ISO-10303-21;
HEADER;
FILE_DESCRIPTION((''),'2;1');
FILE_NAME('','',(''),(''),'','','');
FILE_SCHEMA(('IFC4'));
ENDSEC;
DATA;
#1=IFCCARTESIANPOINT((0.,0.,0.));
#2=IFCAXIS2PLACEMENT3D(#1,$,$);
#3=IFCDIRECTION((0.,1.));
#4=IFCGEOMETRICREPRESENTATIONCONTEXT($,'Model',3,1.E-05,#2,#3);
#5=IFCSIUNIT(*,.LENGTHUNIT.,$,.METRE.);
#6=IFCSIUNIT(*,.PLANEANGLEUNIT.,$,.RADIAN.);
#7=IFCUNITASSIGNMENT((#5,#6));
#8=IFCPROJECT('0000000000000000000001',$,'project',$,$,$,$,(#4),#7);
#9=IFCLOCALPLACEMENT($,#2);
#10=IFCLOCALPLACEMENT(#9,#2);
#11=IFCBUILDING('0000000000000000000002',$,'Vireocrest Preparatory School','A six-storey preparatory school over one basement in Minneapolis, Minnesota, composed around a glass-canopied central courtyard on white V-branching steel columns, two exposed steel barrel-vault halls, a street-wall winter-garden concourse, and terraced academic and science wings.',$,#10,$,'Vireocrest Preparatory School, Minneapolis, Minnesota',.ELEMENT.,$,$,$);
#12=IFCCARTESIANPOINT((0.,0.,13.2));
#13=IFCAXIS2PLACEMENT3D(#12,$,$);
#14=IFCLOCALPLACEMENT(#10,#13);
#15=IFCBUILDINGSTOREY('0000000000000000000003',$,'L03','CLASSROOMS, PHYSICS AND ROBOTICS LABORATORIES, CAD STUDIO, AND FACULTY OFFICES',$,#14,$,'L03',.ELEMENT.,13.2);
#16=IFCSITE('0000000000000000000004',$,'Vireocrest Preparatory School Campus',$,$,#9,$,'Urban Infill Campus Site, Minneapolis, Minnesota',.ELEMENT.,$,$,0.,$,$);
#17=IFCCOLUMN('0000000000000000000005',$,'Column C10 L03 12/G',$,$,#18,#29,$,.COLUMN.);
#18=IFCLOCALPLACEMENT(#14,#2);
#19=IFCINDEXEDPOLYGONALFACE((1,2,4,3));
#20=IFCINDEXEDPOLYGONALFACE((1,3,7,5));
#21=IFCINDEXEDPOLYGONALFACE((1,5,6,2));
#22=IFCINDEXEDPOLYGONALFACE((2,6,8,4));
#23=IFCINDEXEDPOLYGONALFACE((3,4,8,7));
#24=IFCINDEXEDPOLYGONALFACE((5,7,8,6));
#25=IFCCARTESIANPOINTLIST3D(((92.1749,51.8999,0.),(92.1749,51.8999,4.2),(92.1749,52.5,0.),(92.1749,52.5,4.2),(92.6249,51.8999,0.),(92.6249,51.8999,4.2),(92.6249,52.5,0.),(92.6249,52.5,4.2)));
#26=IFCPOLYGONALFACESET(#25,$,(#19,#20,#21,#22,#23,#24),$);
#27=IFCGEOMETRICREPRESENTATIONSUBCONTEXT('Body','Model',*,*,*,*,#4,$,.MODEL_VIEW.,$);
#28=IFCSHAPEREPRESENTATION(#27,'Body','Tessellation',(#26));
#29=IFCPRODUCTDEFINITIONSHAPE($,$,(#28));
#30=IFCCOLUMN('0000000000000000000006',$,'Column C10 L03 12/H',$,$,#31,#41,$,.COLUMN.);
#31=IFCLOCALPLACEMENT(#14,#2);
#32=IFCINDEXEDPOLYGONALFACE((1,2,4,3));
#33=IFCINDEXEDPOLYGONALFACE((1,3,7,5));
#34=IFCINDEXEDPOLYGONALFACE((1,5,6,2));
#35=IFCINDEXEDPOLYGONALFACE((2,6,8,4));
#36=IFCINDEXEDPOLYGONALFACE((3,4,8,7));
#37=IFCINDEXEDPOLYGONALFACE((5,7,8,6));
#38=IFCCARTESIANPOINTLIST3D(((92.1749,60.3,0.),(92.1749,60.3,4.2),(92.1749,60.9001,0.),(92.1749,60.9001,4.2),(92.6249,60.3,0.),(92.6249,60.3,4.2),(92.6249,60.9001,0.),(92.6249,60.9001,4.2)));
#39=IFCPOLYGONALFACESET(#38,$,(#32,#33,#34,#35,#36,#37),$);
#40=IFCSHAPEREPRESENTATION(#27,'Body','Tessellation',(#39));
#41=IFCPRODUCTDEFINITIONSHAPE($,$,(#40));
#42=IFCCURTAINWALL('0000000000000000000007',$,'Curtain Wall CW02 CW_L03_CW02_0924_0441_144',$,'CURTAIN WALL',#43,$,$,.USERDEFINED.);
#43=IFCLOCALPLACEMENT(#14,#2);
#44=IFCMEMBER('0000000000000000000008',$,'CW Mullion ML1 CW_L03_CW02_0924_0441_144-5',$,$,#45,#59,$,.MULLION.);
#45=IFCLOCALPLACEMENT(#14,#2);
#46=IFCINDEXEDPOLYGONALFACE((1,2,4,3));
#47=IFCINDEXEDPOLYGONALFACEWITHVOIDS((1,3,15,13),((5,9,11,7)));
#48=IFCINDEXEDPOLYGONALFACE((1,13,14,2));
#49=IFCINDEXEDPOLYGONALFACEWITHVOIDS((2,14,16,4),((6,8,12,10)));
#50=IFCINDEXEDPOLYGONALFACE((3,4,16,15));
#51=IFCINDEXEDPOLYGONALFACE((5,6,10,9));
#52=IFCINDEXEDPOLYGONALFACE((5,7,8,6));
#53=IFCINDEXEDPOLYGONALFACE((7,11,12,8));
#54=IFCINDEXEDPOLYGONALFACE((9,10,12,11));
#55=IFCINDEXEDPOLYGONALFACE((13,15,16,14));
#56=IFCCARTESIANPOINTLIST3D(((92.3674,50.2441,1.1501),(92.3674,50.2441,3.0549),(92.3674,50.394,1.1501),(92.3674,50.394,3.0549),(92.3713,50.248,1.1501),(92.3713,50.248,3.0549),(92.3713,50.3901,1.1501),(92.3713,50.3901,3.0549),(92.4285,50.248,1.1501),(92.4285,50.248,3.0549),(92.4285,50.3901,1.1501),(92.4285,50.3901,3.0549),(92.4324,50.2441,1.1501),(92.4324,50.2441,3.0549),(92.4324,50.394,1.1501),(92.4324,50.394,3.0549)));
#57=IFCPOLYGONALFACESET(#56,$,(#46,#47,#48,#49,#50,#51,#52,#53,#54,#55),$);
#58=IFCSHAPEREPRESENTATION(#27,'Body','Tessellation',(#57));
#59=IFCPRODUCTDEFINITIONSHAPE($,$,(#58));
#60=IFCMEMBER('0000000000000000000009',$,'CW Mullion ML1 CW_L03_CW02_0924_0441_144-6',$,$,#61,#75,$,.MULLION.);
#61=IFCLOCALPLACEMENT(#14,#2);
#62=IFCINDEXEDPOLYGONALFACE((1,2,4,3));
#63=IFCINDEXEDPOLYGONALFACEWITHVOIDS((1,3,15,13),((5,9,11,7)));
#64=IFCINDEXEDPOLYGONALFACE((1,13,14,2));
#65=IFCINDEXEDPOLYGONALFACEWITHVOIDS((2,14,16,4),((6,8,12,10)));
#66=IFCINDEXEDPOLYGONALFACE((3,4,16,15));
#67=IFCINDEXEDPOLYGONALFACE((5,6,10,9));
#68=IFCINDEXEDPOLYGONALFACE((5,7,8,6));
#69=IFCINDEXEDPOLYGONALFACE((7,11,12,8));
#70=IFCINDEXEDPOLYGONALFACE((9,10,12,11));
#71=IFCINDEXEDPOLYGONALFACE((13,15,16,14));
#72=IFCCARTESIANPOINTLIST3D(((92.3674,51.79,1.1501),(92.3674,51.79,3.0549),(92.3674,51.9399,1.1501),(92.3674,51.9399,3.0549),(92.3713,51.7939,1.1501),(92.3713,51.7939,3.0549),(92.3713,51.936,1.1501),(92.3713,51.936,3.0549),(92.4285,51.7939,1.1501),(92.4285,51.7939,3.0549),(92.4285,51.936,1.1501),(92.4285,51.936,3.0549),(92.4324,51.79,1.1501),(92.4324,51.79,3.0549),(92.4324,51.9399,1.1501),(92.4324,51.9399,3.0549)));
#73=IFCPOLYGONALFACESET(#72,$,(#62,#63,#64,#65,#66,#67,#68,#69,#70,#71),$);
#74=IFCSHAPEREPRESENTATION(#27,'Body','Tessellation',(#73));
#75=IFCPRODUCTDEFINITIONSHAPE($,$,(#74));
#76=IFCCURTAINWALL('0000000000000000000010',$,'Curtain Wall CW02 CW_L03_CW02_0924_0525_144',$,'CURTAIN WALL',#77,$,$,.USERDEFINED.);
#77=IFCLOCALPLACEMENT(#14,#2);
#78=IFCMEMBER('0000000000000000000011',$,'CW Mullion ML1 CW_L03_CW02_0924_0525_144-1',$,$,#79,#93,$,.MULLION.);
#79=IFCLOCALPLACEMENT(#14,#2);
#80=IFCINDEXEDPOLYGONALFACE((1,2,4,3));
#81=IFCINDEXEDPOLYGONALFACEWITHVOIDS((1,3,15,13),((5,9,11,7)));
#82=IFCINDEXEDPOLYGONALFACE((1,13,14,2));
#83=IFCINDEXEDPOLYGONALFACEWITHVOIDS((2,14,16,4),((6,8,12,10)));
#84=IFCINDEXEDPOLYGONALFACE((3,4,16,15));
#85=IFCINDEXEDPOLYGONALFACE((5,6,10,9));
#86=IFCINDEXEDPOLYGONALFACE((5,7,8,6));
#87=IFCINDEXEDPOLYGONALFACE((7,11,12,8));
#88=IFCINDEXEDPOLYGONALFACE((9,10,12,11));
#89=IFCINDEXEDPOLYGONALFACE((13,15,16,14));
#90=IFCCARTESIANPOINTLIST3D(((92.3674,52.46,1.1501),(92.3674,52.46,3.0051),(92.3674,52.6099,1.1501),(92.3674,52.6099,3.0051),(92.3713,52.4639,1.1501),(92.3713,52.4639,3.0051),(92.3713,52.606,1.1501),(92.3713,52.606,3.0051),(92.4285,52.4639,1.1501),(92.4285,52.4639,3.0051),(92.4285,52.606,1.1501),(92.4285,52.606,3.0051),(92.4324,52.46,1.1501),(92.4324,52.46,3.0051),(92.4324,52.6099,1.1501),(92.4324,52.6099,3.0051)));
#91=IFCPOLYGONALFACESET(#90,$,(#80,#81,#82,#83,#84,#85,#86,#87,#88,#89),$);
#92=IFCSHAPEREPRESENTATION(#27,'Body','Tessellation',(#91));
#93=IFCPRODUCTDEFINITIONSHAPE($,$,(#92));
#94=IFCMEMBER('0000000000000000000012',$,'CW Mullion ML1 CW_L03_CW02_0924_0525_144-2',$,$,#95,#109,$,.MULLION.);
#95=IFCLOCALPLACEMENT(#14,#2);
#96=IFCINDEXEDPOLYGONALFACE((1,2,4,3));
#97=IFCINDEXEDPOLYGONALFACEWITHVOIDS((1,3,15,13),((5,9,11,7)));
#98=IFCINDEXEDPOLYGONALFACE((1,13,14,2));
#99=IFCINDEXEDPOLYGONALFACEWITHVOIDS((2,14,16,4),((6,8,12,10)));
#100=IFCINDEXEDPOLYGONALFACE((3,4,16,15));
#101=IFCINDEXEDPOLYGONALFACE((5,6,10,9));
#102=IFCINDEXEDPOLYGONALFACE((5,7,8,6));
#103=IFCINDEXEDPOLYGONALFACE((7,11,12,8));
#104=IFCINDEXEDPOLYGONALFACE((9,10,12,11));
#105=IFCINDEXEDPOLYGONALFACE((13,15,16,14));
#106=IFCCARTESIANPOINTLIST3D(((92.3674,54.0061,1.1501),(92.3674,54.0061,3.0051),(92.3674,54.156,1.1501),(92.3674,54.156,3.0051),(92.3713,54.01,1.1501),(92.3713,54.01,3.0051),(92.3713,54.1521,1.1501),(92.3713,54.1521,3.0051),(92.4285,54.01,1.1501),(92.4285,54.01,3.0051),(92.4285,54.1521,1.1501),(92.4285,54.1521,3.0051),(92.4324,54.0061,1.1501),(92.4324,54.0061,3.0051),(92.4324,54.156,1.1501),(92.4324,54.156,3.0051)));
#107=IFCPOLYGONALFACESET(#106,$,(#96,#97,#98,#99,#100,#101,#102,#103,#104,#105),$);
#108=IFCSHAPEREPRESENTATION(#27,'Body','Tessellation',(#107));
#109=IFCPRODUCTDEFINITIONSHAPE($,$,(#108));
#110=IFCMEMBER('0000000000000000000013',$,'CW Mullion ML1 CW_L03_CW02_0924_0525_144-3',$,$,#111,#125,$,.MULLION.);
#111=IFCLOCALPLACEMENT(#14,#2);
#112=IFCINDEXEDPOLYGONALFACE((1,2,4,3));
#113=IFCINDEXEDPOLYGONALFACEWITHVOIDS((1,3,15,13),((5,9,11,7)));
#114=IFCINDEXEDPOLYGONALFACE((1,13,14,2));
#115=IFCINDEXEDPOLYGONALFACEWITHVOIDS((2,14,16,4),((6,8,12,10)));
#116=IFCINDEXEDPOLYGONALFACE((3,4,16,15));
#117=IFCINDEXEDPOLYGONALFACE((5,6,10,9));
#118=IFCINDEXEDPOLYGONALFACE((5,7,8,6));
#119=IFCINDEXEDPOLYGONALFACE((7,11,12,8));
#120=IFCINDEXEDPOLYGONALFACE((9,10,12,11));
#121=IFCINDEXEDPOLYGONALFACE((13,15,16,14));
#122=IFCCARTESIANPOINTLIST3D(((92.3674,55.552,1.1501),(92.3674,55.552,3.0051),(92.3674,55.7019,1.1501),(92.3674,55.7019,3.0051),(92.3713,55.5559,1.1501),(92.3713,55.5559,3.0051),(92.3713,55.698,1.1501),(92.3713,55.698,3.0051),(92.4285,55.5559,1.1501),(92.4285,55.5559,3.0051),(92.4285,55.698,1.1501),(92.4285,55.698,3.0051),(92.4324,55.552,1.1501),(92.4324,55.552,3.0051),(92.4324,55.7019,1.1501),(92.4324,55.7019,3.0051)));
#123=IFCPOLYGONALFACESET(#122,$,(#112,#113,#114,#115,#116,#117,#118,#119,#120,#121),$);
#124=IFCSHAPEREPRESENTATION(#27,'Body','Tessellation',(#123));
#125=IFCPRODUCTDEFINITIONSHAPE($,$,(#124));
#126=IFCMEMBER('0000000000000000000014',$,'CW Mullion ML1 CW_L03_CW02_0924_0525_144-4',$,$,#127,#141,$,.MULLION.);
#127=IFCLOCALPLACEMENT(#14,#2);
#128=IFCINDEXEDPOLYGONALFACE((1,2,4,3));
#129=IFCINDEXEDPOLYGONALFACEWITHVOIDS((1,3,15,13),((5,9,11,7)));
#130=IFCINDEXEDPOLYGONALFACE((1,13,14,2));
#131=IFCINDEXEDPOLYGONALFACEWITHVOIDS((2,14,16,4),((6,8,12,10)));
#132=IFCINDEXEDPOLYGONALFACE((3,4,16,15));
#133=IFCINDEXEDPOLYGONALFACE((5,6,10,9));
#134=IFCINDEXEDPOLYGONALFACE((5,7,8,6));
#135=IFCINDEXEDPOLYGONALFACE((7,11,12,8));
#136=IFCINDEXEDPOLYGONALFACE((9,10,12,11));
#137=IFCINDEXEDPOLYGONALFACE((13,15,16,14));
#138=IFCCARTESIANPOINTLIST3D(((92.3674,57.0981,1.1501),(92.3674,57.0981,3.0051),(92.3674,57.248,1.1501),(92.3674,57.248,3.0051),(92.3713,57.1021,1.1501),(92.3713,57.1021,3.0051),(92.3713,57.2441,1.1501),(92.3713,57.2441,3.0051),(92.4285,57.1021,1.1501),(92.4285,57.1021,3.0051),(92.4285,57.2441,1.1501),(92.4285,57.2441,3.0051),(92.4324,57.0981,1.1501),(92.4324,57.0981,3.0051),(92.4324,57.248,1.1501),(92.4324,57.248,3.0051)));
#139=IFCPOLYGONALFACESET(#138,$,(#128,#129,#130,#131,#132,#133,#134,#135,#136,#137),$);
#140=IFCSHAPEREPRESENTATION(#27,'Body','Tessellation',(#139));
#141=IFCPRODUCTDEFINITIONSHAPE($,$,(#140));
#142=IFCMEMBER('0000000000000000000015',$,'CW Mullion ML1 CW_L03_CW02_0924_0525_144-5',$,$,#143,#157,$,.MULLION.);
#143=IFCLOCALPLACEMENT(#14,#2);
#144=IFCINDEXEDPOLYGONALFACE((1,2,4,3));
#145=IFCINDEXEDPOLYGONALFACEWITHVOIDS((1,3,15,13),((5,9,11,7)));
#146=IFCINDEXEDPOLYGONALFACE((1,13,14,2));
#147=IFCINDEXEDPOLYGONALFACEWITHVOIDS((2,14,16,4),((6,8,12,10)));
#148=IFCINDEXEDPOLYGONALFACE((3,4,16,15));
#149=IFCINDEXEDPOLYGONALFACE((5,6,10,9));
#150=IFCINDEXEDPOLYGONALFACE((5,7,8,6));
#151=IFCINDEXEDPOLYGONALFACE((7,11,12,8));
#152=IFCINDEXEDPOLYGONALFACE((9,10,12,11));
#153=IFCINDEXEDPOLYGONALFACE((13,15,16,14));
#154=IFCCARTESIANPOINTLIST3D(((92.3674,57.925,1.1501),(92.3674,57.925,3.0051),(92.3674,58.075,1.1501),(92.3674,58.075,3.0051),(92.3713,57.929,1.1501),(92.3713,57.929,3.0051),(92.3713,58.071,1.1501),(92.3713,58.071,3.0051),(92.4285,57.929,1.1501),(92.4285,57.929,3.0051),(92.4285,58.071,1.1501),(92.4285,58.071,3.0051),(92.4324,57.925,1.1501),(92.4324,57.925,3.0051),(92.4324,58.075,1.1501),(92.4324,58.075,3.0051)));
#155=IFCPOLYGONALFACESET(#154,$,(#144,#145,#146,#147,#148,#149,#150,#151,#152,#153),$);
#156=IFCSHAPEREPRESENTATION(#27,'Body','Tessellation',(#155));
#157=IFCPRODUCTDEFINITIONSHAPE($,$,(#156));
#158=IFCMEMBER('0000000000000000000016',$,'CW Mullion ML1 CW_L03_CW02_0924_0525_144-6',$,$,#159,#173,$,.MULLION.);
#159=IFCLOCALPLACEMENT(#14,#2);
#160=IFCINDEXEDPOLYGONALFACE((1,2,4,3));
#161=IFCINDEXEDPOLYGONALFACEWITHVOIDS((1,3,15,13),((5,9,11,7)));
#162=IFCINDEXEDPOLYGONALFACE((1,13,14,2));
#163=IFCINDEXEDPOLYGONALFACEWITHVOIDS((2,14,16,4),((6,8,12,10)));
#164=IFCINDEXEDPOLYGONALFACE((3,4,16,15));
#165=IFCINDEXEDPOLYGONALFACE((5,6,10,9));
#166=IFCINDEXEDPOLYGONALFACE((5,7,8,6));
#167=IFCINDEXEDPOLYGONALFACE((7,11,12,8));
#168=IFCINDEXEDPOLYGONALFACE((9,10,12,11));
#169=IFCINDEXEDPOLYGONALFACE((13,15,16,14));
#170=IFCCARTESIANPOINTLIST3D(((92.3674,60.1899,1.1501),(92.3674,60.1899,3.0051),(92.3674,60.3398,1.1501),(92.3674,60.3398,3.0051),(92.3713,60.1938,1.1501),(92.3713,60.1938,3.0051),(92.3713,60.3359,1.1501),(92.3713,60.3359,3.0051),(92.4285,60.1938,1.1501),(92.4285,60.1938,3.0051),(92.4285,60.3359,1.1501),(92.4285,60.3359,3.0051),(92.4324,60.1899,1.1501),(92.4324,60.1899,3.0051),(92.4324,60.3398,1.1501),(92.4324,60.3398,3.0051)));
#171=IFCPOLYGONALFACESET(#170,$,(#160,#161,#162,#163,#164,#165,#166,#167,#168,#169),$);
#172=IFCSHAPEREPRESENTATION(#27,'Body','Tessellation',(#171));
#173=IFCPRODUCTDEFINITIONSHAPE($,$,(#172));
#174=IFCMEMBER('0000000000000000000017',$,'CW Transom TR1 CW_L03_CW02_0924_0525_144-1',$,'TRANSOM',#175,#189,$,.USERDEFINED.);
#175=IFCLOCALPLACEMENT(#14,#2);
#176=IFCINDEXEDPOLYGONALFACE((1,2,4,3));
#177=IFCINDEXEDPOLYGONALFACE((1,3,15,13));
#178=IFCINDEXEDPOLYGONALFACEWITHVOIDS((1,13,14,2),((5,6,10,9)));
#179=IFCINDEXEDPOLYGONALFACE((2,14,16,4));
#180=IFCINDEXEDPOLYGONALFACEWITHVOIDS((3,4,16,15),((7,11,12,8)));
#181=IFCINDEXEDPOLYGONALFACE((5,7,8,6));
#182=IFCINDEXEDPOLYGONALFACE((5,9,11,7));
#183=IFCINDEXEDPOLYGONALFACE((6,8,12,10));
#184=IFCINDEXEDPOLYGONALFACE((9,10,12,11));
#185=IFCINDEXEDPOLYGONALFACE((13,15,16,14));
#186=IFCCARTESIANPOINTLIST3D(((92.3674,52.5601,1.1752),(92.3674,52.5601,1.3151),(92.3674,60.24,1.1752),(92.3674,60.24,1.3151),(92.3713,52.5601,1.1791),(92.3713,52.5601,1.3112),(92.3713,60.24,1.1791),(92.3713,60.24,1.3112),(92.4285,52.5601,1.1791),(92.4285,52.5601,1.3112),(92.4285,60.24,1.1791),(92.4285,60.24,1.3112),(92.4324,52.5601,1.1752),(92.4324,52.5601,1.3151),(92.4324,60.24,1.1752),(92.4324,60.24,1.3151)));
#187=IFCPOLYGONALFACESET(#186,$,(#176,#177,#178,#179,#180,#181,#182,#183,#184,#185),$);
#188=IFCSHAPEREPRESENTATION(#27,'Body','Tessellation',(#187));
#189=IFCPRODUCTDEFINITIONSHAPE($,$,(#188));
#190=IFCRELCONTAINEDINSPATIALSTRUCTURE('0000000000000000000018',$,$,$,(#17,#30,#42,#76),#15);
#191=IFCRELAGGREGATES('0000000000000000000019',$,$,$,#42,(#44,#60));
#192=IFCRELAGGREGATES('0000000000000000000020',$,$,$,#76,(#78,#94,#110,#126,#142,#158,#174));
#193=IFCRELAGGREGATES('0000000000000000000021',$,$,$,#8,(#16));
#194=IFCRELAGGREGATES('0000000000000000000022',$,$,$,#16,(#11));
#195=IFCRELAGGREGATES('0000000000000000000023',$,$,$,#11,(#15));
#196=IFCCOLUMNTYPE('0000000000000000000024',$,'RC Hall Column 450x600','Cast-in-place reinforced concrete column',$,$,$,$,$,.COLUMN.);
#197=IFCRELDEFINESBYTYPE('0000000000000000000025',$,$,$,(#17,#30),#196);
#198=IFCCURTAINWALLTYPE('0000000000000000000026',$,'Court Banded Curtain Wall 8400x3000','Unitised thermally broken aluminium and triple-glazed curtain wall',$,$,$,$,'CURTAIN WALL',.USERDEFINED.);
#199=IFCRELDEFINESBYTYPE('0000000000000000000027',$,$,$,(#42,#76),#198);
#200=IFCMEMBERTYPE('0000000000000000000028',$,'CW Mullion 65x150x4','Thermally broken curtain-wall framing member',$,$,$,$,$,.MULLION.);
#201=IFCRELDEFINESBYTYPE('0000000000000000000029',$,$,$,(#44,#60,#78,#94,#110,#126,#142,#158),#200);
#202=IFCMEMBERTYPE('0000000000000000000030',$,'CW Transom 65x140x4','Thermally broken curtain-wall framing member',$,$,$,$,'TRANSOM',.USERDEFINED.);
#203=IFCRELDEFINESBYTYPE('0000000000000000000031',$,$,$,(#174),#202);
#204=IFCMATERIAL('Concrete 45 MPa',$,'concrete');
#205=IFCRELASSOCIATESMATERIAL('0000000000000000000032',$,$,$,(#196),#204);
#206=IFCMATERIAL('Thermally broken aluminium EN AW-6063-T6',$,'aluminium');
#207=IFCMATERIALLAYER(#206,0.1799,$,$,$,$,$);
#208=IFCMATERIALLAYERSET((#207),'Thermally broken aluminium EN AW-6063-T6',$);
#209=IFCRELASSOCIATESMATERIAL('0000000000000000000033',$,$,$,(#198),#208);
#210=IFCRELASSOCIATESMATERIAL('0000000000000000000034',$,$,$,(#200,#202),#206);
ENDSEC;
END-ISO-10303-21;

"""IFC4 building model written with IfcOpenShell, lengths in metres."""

from ifc_helpers import new_model, si_unit, direction, frame, origin, origin_2d, place, context, subcontext, project, spatial, rectangle, hollow_rectangle, extrude, material, layer, layer_set, material_profile, profile_set, type_object, element, aggregate, save


model = new_model("IFC4")

# Units and contexts
model_context = context("Model", 3, precision=1e-05, world=origin(), true_north=direction((0.0, 1.0)))
body_context = subcontext(model_context, "Body", "Model", "MODEL_VIEW")
ifc_project = project(units=[si_unit("LENGTHUNIT", "METRE"), si_unit("PLANEANGLEUNIT", "RADIAN")], contexts=[model_context])

# Site, building, storey
site_placement = place(None, origin())
site = spatial("IfcSite", under=ifc_project, at=site_placement, Name="Vireocrest Preparatory School Campus", LongName="Urban Infill Campus Site, Minneapolis, Minnesota", CompositionType="ELEMENT", RefElevation=0.0)
building_placement = place(site_placement, origin())
building = spatial("IfcBuilding", under=site, at=building_placement, Name="Vireocrest Preparatory School", Description="A six-storey preparatory school over one basement in Minneapolis, Minnesota, composed around a glass-canopied central courtyard on white V-branching steel columns, two exposed steel barrel-vault halls, a street-wall winter-garden concourse, and terraced academic and science wings.", LongName="Vireocrest Preparatory School, Minneapolis, Minnesota", CompositionType="ELEMENT")
storey_placement = place(building_placement, frame((0.0, 0.0, 13.2)))
storey = spatial("IfcBuildingStorey", under=building, at=storey_placement, Name="L03", Description="CLASSROOMS, PHYSICS AND ROBOTICS LABORATORIES, CAD STUDIO, AND FACULTY OFFICES", LongName="L03", CompositionType="ELEMENT", Elevation=13.2)

# Columns
ifc_material_1 = material(Name="Concrete 45 MPa", Category="concrete")
ifc_material_profile_1 = material_profile(ifc_material_1, rectangle(XDim=0.45, YDim=0.6001, at=origin_2d()), Name="RC 450x600")
ifc_profile_set_1 = profile_set([ifc_material_profile_1], Name="Concrete 45 MPa")
column_type = type_object("IfcColumnType", Name="RC Hall Column 450x600", Description="Cast-in-place reinforced concrete column", PredefinedType="COLUMN", material=ifc_profile_set_1)
for number, where, z_axis, x_axis, name in (
    (1, (92.3999, 52.2, 0.0), (0.0, 0.0, 1.0), (1.0, 0.0, 0.0), "Column C10 L03 12/G"),
    (2, (92.3999, 60.6001, 0.0), (0.0, 0.0, 1.0), (1.0, 0.0, 0.0), "Column C10 L03 12/H"),
):
    element("IfcColumn", number, at=place(storey_placement, frame(where, z_axis=z_axis, x_axis=x_axis)), inside=storey, type_object=column_type, Name=name, PredefinedType="COLUMN", context=body_context, shape_type="SweptSolid", body=[
        extrude(rectangle(XDim=0.45, YDim=0.6001, at=origin_2d()), origin(), (0.0, 0.0, 1.0), 4.2),
    ])

# Curtain walls, members
ifc_material_2 = material(Name="Thermally broken aluminium EN AW-6063-T6", Category="aluminium")
ifc_layer_1 = layer(ifc_material_2, 0.1799)
ifc_layer_set_1 = layer_set([ifc_layer_1], Name="Thermally broken aluminium EN AW-6063-T6")
curtain_wall_type = type_object("IfcCurtainWallType", Name="Court Banded Curtain Wall 8400x3000", Description="Unitised thermally broken aluminium and triple-glazed curtain wall", ElementType="CURTAIN WALL", PredefinedType="USERDEFINED", material=ifc_layer_set_1)
curtain_wall_1_placement = place(storey_placement, origin())
curtain_wall_1 = element("IfcCurtainWall", 3, at=curtain_wall_1_placement, inside=storey, type_object=curtain_wall_type, Name="Curtain Wall CW02 CW_L03_CW02_0924_0441_144", ObjectType="CURTAIN WALL", PredefinedType="USERDEFINED")
ifc_material_profile_2 = material_profile(ifc_material_2, hollow_rectangle(XDim=0.0649, YDim=0.1499, WallThickness=0.0039, at=origin_2d()), Name="ALU 65x150x4")
ifc_profile_set_2 = profile_set([ifc_material_profile_2], Name="Thermally broken aluminium EN AW-6063-T6")
member_type_1 = type_object("IfcMemberType", Name="CW Mullion 65x150x4", Description="Thermally broken curtain-wall framing member", PredefinedType="MULLION", material=ifc_profile_set_2)
member_1_placement = place(storey_placement, frame((92.3999, 50.3191, 1.1501), z_axis=(0.0, 0.0, 1.0), x_axis=(1.0, 0.0, 0.0)))
member_1 = element("IfcMember", 4, at=member_1_placement, type_object=member_type_1, Name="CW Mullion ML1 CW_L03_CW02_0924_0441_144-5", PredefinedType="MULLION", context=body_context, shape_type="SweptSolid", body=[
    extrude(hollow_rectangle(XDim=0.0649, YDim=0.1499, WallThickness=0.0039, at=origin_2d()), origin(), (0.0, 0.0, 1.0), 1.9048),
])
member_2_placement = place(storey_placement, frame((92.3999, 51.865, 1.1501), z_axis=(0.0, 0.0, 1.0), x_axis=(1.0, 0.0, 0.0)))
member_2 = element("IfcMember", 5, at=member_2_placement, type_object=member_type_1, Name="CW Mullion ML1 CW_L03_CW02_0924_0441_144-6", PredefinedType="MULLION", context=body_context, shape_type="SweptSolid", body=[
    extrude(hollow_rectangle(XDim=0.0649, YDim=0.1499, WallThickness=0.0039, at=origin_2d()), origin(), (0.0, 0.0, 1.0), 1.9048),
])
curtain_wall_2_placement = place(storey_placement, origin())
curtain_wall_2 = element("IfcCurtainWall", 6, at=curtain_wall_2_placement, inside=storey, type_object=curtain_wall_type, Name="Curtain Wall CW02 CW_L03_CW02_0924_0525_144", ObjectType="CURTAIN WALL", PredefinedType="USERDEFINED")
member_3_placement = place(storey_placement, frame((92.3999, 52.5349, 1.1501), z_axis=(0.0, 0.0, 1.0), x_axis=(1.0, 0.0, 0.0)))
member_3 = element("IfcMember", 7, at=member_3_placement, type_object=member_type_1, Name="CW Mullion ML1 CW_L03_CW02_0924_0525_144-1", PredefinedType="MULLION", context=body_context, shape_type="SweptSolid", body=[
    extrude(hollow_rectangle(XDim=0.0649, YDim=0.1499, WallThickness=0.0039, at=origin_2d()), origin(), (0.0, 0.0, 1.0), 1.855),
])
member_4_placement = place(storey_placement, frame((92.3999, 54.0811, 1.1501), z_axis=(0.0, 0.0, 1.0), x_axis=(1.0, 0.0, 0.0)))
member_4 = element("IfcMember", 8, at=member_4_placement, type_object=member_type_1, Name="CW Mullion ML1 CW_L03_CW02_0924_0525_144-2", PredefinedType="MULLION", context=body_context, shape_type="SweptSolid", body=[
    extrude(hollow_rectangle(XDim=0.0649, YDim=0.1499, WallThickness=0.0039, at=origin_2d()), origin(), (0.0, 0.0, 1.0), 1.855),
])
member_5_placement = place(storey_placement, frame((92.3999, 55.627, 1.1501), z_axis=(0.0, 0.0, 1.0), x_axis=(1.0, 0.0, 0.0)))
member_5 = element("IfcMember", 9, at=member_5_placement, type_object=member_type_1, Name="CW Mullion ML1 CW_L03_CW02_0924_0525_144-3", PredefinedType="MULLION", context=body_context, shape_type="SweptSolid", body=[
    extrude(hollow_rectangle(XDim=0.0649, YDim=0.1499, WallThickness=0.0039, at=origin_2d()), origin(), (0.0, 0.0, 1.0), 1.855),
])
member_6_placement = place(storey_placement, frame((92.3999, 57.1731, 1.1501), z_axis=(0.0, 0.0, 1.0), x_axis=(1.0, 0.0, 0.0)))
member_6 = element("IfcMember", 10, at=member_6_placement, type_object=member_type_1, Name="CW Mullion ML1 CW_L03_CW02_0924_0525_144-4", PredefinedType="MULLION", context=body_context, shape_type="SweptSolid", body=[
    extrude(hollow_rectangle(XDim=0.0649, YDim=0.1499, WallThickness=0.0039, at=origin_2d()), origin(), (0.0, 0.0, 1.0), 1.855),
])
member_7_placement = place(storey_placement, frame((92.3999, 58.0, 1.1501), z_axis=(0.0, 0.0, 1.0), x_axis=(1.0, 0.0, 0.0)))
member_7 = element("IfcMember", 11, at=member_7_placement, type_object=member_type_1, Name="CW Mullion ML1 CW_L03_CW02_0924_0525_144-5", PredefinedType="MULLION", context=body_context, shape_type="SweptSolid", body=[
    extrude(hollow_rectangle(XDim=0.0649, YDim=0.1499, WallThickness=0.0039, at=origin_2d()), origin(), (0.0, 0.0, 1.0), 1.855),
])
member_8_placement = place(storey_placement, frame((92.3999, 60.2649, 1.1501), z_axis=(0.0, 0.0, 1.0), x_axis=(1.0, 0.0, 0.0)))
member_8 = element("IfcMember", 12, at=member_8_placement, type_object=member_type_1, Name="CW Mullion ML1 CW_L03_CW02_0924_0525_144-6", PredefinedType="MULLION", context=body_context, shape_type="SweptSolid", body=[
    extrude(hollow_rectangle(XDim=0.0649, YDim=0.1499, WallThickness=0.0039, at=origin_2d()), origin(), (0.0, 0.0, 1.0), 1.855),
])
ifc_material_profile_3 = material_profile(ifc_material_2, hollow_rectangle(XDim=0.0649, YDim=0.1399, WallThickness=0.0039, at=origin_2d()), Name="ALU 65x140x4")
ifc_profile_set_3 = profile_set([ifc_material_profile_3], Name="Thermally broken aluminium EN AW-6063-T6")
member_type_2 = type_object("IfcMemberType", Name="CW Transom 65x140x4", Description="Thermally broken curtain-wall framing member", ElementType="TRANSOM", PredefinedType="USERDEFINED", material=ifc_profile_set_3)
member_9_placement = place(storey_placement, frame((92.3999, 52.5601, 1.2451), z_axis=(0.0, 1.0, 0.0), x_axis=(-1.0, 0.0, 0.0)))
member_9 = element("IfcMember", 13, at=member_9_placement, type_object=member_type_2, Name="CW Transom TR1 CW_L03_CW02_0924_0525_144-1", ObjectType="TRANSOM", PredefinedType="USERDEFINED", context=body_context, shape_type="SweptSolid", body=[
    extrude(hollow_rectangle(XDim=0.0649, YDim=0.1399, WallThickness=0.0039, at=origin_2d()), origin(), (0.0, 0.0, 1.0), 7.6799),
])

aggregate(curtain_wall_1, [member_1, member_2])
aggregate(curtain_wall_2, [member_3, member_4, member_5, member_6, member_7, member_8, member_9])

save(model, "model.ifc")
